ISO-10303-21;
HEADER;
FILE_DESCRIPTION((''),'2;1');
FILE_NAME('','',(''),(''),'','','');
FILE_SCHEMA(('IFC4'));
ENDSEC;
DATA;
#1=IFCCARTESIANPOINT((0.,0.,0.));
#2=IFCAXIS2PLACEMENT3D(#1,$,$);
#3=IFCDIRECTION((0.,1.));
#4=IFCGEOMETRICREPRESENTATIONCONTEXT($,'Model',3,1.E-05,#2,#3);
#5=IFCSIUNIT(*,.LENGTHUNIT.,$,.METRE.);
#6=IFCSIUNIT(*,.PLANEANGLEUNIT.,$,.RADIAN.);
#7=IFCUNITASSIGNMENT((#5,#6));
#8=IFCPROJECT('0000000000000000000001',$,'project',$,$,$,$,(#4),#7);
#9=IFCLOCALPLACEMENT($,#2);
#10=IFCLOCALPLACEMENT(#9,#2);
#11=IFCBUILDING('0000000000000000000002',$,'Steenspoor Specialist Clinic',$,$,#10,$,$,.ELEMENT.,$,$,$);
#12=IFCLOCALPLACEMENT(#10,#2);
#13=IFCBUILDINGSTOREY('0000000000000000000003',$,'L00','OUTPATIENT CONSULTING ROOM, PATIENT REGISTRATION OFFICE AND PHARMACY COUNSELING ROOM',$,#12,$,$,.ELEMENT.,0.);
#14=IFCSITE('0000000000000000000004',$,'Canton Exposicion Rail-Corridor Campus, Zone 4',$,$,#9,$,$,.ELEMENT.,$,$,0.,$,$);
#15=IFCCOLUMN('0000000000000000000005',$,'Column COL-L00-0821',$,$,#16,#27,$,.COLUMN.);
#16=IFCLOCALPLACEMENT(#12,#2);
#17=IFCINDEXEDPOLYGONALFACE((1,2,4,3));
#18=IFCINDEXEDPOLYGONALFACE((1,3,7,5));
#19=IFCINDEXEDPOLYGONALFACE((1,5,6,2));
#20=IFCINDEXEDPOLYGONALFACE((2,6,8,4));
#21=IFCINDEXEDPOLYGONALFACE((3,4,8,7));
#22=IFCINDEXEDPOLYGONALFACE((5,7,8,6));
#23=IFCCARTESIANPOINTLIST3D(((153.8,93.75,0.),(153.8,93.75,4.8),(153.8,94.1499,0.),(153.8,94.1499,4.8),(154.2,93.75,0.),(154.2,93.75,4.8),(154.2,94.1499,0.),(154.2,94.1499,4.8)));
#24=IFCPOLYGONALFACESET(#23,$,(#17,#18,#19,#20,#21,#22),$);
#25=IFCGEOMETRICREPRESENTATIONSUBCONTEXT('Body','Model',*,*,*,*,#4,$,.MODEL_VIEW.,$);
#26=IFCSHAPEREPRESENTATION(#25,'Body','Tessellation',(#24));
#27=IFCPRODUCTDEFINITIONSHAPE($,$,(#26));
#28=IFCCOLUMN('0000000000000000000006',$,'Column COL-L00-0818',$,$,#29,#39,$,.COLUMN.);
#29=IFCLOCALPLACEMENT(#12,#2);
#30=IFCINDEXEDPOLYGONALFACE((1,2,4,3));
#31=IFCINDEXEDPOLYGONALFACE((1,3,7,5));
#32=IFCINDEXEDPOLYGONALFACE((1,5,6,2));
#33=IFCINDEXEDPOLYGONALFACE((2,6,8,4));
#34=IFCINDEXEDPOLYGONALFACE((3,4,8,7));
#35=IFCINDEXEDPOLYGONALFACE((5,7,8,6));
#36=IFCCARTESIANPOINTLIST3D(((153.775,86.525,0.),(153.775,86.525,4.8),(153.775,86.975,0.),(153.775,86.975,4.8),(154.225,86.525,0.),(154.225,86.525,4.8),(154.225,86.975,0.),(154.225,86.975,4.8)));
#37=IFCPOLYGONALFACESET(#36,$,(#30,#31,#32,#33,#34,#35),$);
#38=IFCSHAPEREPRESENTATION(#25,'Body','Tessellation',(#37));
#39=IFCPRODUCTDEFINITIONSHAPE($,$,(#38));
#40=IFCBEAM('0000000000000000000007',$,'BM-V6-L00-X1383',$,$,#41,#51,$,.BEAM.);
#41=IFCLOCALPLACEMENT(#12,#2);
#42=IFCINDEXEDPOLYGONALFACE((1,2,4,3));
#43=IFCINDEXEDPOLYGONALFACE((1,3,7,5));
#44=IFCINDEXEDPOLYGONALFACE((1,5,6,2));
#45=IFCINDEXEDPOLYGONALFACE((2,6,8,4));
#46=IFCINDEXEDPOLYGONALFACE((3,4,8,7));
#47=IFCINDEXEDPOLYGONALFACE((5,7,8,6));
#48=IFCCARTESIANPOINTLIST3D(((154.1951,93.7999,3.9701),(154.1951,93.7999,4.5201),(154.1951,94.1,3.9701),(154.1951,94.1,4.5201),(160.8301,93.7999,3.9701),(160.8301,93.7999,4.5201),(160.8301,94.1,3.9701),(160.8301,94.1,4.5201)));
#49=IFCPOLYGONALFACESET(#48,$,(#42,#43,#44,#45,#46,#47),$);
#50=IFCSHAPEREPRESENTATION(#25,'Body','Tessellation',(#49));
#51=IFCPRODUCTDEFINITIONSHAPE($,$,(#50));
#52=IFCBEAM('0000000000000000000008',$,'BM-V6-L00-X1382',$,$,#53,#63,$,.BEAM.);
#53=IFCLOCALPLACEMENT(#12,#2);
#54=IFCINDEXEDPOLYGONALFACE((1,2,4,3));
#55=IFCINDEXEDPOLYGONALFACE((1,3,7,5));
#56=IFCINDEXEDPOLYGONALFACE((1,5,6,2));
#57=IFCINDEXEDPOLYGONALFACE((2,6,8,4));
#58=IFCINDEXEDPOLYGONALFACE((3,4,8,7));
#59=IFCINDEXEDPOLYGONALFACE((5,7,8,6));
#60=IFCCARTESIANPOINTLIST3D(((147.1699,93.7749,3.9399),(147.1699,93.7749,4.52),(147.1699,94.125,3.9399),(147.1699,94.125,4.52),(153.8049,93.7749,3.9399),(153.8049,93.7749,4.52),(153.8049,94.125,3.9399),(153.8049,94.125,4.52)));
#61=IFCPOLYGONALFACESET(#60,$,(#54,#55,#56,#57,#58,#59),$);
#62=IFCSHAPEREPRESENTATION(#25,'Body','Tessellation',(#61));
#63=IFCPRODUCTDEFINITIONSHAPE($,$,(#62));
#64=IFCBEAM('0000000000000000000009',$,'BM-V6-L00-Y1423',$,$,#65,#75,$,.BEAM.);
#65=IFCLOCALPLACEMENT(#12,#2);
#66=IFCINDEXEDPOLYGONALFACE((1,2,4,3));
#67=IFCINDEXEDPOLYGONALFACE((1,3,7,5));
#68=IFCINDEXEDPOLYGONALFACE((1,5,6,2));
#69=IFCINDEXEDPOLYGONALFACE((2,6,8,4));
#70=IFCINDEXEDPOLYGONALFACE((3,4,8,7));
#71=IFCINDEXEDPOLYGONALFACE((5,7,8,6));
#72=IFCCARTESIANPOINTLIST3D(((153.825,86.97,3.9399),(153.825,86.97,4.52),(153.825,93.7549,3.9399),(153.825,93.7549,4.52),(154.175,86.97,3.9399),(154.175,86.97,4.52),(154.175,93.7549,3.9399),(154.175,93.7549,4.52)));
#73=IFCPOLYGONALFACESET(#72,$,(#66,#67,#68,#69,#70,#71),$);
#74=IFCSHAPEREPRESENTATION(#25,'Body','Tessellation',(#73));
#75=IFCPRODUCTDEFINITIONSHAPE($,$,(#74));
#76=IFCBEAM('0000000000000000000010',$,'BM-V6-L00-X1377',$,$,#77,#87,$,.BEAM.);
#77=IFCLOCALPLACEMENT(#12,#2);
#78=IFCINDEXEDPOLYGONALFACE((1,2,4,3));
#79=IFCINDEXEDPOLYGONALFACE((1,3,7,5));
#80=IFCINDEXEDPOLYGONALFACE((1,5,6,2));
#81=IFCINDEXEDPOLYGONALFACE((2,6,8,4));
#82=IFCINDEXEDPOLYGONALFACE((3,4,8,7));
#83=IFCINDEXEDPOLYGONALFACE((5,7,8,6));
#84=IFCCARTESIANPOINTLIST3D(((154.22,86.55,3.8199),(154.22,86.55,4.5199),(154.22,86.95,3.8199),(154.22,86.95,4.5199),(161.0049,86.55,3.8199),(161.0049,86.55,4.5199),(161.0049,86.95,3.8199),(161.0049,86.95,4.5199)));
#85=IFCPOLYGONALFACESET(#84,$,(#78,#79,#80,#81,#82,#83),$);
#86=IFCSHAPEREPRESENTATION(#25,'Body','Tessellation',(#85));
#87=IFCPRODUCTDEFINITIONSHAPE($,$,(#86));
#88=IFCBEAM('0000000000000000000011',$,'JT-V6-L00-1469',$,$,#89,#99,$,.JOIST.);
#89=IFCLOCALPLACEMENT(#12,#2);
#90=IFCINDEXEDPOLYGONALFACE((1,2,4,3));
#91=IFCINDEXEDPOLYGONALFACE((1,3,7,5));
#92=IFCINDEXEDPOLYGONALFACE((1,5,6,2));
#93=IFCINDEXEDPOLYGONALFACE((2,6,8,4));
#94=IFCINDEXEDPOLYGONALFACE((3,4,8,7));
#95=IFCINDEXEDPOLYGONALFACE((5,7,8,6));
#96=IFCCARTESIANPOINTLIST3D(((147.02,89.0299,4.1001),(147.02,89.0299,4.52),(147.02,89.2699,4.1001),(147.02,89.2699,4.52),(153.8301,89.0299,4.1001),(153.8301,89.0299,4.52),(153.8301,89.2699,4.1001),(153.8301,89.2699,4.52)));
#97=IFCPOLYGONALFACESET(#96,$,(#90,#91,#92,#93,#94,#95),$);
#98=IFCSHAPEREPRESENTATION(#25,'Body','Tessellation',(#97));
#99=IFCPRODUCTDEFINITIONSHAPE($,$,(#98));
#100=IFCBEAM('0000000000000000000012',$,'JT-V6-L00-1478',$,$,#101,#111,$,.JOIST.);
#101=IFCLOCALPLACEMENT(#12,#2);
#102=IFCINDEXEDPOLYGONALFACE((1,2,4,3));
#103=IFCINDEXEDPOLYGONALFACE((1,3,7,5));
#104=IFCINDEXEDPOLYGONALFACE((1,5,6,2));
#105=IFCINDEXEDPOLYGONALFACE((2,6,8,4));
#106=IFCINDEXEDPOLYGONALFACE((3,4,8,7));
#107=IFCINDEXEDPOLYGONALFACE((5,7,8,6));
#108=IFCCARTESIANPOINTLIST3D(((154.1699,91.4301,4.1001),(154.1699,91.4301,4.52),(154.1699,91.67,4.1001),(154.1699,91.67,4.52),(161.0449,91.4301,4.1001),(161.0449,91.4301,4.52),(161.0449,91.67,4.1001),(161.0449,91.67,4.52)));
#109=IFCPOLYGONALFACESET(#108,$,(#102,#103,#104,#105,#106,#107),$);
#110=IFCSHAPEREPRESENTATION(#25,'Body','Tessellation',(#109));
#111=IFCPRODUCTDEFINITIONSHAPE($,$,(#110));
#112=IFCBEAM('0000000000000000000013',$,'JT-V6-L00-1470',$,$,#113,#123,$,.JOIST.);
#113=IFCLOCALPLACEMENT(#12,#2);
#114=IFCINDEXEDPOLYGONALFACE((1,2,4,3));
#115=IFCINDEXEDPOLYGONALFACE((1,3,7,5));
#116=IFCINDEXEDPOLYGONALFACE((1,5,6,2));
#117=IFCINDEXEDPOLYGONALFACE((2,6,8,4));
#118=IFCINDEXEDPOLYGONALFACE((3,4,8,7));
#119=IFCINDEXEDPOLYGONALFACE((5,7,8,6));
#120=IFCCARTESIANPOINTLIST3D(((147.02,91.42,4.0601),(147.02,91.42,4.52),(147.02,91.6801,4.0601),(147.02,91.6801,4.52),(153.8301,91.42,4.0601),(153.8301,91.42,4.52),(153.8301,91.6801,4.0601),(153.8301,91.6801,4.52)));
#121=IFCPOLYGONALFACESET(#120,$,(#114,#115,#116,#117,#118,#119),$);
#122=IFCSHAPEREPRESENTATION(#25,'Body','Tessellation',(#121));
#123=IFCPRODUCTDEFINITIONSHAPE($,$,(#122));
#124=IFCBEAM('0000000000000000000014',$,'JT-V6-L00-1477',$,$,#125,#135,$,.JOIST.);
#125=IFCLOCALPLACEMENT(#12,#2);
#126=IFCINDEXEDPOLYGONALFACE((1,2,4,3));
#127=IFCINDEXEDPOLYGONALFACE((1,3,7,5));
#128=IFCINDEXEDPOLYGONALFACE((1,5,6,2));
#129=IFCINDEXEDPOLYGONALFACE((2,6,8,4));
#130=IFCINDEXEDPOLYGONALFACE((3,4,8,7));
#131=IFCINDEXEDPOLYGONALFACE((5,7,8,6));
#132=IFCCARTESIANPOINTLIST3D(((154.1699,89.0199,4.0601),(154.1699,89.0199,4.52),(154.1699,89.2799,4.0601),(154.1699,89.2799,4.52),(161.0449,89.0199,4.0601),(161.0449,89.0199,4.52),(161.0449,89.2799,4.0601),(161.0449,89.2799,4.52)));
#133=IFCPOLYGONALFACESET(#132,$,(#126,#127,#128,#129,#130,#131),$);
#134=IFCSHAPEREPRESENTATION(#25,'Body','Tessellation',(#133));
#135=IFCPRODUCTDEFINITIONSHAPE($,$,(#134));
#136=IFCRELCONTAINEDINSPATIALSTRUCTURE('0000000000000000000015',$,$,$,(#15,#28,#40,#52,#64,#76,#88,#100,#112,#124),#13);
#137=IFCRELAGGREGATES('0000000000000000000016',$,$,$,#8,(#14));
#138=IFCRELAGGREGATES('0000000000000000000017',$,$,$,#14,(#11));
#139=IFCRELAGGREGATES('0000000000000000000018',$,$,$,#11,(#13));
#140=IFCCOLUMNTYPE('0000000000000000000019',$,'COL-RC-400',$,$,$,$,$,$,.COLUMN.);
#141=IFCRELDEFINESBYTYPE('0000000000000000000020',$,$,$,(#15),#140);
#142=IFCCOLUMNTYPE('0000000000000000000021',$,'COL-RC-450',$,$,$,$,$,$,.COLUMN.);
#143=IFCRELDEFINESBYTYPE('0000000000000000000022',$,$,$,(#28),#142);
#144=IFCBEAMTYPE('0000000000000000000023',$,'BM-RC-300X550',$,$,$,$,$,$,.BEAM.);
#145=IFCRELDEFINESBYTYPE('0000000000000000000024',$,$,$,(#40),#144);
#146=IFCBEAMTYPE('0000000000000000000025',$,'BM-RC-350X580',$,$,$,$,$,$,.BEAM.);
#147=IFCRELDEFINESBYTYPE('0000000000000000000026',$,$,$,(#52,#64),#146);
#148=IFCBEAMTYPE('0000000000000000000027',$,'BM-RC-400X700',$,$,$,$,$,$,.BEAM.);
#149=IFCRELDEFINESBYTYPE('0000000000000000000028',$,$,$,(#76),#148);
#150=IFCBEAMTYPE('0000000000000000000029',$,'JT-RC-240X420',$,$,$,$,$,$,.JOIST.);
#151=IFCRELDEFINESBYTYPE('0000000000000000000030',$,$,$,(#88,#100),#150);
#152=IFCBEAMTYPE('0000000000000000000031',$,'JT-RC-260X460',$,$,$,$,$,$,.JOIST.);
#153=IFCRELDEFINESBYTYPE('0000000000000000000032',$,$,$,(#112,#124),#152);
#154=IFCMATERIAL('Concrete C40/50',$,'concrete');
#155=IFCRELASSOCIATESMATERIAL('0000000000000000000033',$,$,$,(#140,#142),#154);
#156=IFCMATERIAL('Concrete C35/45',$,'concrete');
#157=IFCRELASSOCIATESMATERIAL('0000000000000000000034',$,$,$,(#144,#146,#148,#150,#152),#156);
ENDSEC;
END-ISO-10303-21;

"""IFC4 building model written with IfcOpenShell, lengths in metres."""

from ifc_helpers import new_model, si_unit, direction, frame, origin, origin_2d, place, context, subcontext, project, spatial, rectangle, extrude, material, material_profile, profile_set, type_object, element, save


model = new_model("IFC4")

# Units and contexts
model_context = context("Model", 3, precision=1e-05, world=origin(), true_north=direction((0.0, 1.0)))
body_context = subcontext(model_context, "Body", "Model", "MODEL_VIEW")
ifc_project = project(units=[si_unit("LENGTHUNIT", "METRE"), si_unit("PLANEANGLEUNIT", "RADIAN")], contexts=[model_context])

# Site, building, storey
site_placement = place(None, origin())
site = spatial("IfcSite", under=ifc_project, at=site_placement, Name="Canton Exposicion Rail-Corridor Campus, Zone 4", CompositionType="ELEMENT", RefElevation=0.0)
building_placement = place(site_placement, origin())
building = spatial("IfcBuilding", under=site, at=building_placement, Name="Steenspoor Specialist Clinic", CompositionType="ELEMENT")
storey_placement = place(building_placement, origin())
storey = spatial("IfcBuildingStorey", under=building, at=storey_placement, Name="L00", Description="OUTPATIENT CONSULTING ROOM, PATIENT REGISTRATION OFFICE AND PHARMACY COUNSELING ROOM", CompositionType="ELEMENT", Elevation=0.0)

# Shared definitions
ifc_material_1 = material(Name="Concrete C35/45", Category="concrete")

# Columns
ifc_material_2 = material(Name="Concrete C40/50", Category="concrete")
ifc_material_profile_1 = material_profile(ifc_material_2, rectangle(XDim=0.3999, YDim=0.3999, at=origin_2d()), Name="RC-COL-400X400")
ifc_profile_set_1 = profile_set([ifc_material_profile_1], Name="Concrete C40/50")
column_type_1 = type_object("IfcColumnType", Name="COL-RC-400", PredefinedType="COLUMN", material=ifc_profile_set_1)
column_1_placement = place(storey_placement, frame((154.0, 93.95, 0.0), z_axis=(0.0, 0.0, 1.0), x_axis=(1.0, 0.0, 0.0)))
element("IfcColumn", 1, at=column_1_placement, inside=storey, type_object=column_type_1, Name="Column COL-L00-0821", PredefinedType="COLUMN", context=body_context, shape_type="SweptSolid", body=[
    extrude(rectangle(XDim=0.3999, YDim=0.3999, at=origin_2d()), origin(), (0.0, 0.0, 1.0), 4.8),
])
ifc_material_profile_2 = material_profile(ifc_material_2, rectangle(XDim=0.45, YDim=0.45, at=origin_2d()), Name="RC-COL-450X450")
ifc_profile_set_2 = profile_set([ifc_material_profile_2], Name="Concrete C40/50")
column_type_2 = type_object("IfcColumnType", Name="COL-RC-450", PredefinedType="COLUMN", material=ifc_profile_set_2)
column_2_placement = place(storey_placement, frame((154.0, 86.75, 0.0), z_axis=(0.0, 0.0, 1.0), x_axis=(1.0, 0.0, 0.0)))
element("IfcColumn", 2, at=column_2_placement, inside=storey, type_object=column_type_2, Name="Column COL-L00-0818", PredefinedType="COLUMN", context=body_context, shape_type="SweptSolid", body=[
    extrude(rectangle(XDim=0.45, YDim=0.45, at=origin_2d()), origin(), (0.0, 0.0, 1.0), 4.8),
])

# Beams
ifc_material_profile_3 = material_profile(ifc_material_1, rectangle(XDim=0.3, YDim=0.55, at=origin_2d()), Name="RC-BM-300X550")
ifc_profile_set_3 = profile_set([ifc_material_profile_3], Name="Concrete C35/45")
beam_type_1 = type_object("IfcBeamType", Name="BM-RC-300X550", PredefinedType="BEAM", material=ifc_profile_set_3)
beam_1_placement = place(storey_placement, frame((154.1951, 93.95, 4.2451), z_axis=(1.0, 0.0, 0.0), x_axis=(0.0, 1.0, 0.0)))
element("IfcBeam", 3, at=beam_1_placement, inside=storey, type_object=beam_type_1, Name="BM-V6-L00-X1383", PredefinedType="BEAM", context=body_context, shape_type="SweptSolid", body=[
    extrude(rectangle(XDim=0.3, YDim=0.55, at=origin_2d()), origin(), (0.0, 0.0, 1.0), 6.635),
])
ifc_material_profile_4 = material_profile(ifc_material_1, rectangle(XDim=0.3501, YDim=0.5801, at=origin_2d()), Name="RC-BM-350X580")
ifc_profile_set_4 = profile_set([ifc_material_profile_4], Name="Concrete C35/45")
beam_type_2 = type_object("IfcBeamType", Name="BM-RC-350X580", PredefinedType="BEAM", material=ifc_profile_set_4)
beam_2_placement = place(storey_placement, frame((147.1699, 93.95, 4.23), z_axis=(1.0, 0.0, 0.0), x_axis=(0.0, 1.0, 0.0)))
element("IfcBeam", 4, at=beam_2_placement, inside=storey, type_object=beam_type_2, Name="BM-V6-L00-X1382", PredefinedType="BEAM", context=body_context, shape_type="SweptSolid", body=[
    extrude(rectangle(XDim=0.3501, YDim=0.5801, at=origin_2d()), origin(), (0.0, 0.0, 1.0), 6.635),
])
beam_3_placement = place(storey_placement, frame((154.0, 86.97, 4.23), z_axis=(0.0, 1.0, 0.0), x_axis=(-1.0, 0.0, 0.0)))
element("IfcBeam", 5, at=beam_3_placement, inside=storey, type_object=beam_type_2, Name="BM-V6-L00-Y1423", PredefinedType="BEAM", context=body_context, shape_type="SweptSolid", body=[
    extrude(rectangle(XDim=0.3501, YDim=0.5801, at=origin_2d()), origin(), (0.0, 0.0, 1.0), 6.7849),
])
ifc_material_profile_5 = material_profile(ifc_material_1, rectangle(XDim=0.3999, YDim=0.7, at=origin_2d()), Name="RC-BM-400X700")
ifc_profile_set_5 = profile_set([ifc_material_profile_5], Name="Concrete C35/45")
beam_type_3 = type_object("IfcBeamType", Name="BM-RC-400X700", PredefinedType="BEAM", material=ifc_profile_set_5)
beam_4_placement = place(storey_placement, frame((154.22, 86.75, 4.1699), z_axis=(1.0, 0.0, 0.0), x_axis=(0.0, 1.0, 0.0)))
element("IfcBeam", 6, at=beam_4_placement, inside=storey, type_object=beam_type_3, Name="BM-V6-L00-X1377", PredefinedType="BEAM", context=body_context, shape_type="SweptSolid", body=[
    extrude(rectangle(XDim=0.3999, YDim=0.7, at=origin_2d()), origin(), (0.0, 0.0, 1.0), 6.7849),
])
ifc_material_profile_6 = material_profile(ifc_material_1, rectangle(XDim=0.24, YDim=0.4199, at=origin_2d()), Name="RC-JT-240X420")
ifc_profile_set_6 = profile_set([ifc_material_profile_6], Name="Concrete C35/45")
beam_type_4 = type_object("IfcBeamType", Name="JT-RC-240X420", PredefinedType="JOIST", material=ifc_profile_set_6)
beam_5_placement = place(storey_placement, frame((147.02, 89.1499, 4.3101), z_axis=(1.0, 0.0, 0.0), x_axis=(0.0, 1.0, 0.0)))
element("IfcBeam", 7, at=beam_5_placement, inside=storey, type_object=beam_type_4, Name="JT-V6-L00-1469", PredefinedType="JOIST", context=body_context, shape_type="SweptSolid", body=[
    extrude(rectangle(XDim=0.24, YDim=0.4199, at=origin_2d()), origin(), (0.0, 0.0, 1.0), 6.8101),
])
beam_6_placement = place(storey_placement, frame((154.1699, 91.55, 4.3101), z_axis=(1.0, 0.0, 0.0), x_axis=(0.0, 1.0, 0.0)))
element("IfcBeam", 8, at=beam_6_placement, inside=storey, type_object=beam_type_4, Name="JT-V6-L00-1478", PredefinedType="JOIST", context=body_context, shape_type="SweptSolid", body=[
    extrude(rectangle(XDim=0.24, YDim=0.4199, at=origin_2d()), origin(), (0.0, 0.0, 1.0), 6.875),
])
ifc_material_profile_7 = material_profile(ifc_material_1, rectangle(XDim=0.26, YDim=0.46, at=origin_2d()), Name="RC-JT-260X460")
ifc_profile_set_7 = profile_set([ifc_material_profile_7], Name="Concrete C35/45")
beam_type_5 = type_object("IfcBeamType", Name="JT-RC-260X460", PredefinedType="JOIST", material=ifc_profile_set_7)
beam_7_placement = place(storey_placement, frame((147.02, 91.55, 4.29), z_axis=(1.0, 0.0, 0.0), x_axis=(0.0, 1.0, 0.0)))
element("IfcBeam", 9, at=beam_7_placement, inside=storey, type_object=beam_type_5, Name="JT-V6-L00-1470", PredefinedType="JOIST", context=body_context, shape_type="SweptSolid", body=[
    extrude(rectangle(XDim=0.26, YDim=0.46, at=origin_2d()), origin(), (0.0, 0.0, 1.0), 6.8101),
])
beam_8_placement = place(storey_placement, frame((154.1699, 89.1499, 4.29), z_axis=(1.0, 0.0, 0.0), x_axis=(0.0, 1.0, 0.0)))
element("IfcBeam", 10, at=beam_8_placement, inside=storey, type_object=beam_type_5, Name="JT-V6-L00-1477", PredefinedType="JOIST", context=body_context, shape_type="SweptSolid", body=[
    extrude(rectangle(XDim=0.26, YDim=0.46, at=origin_2d()), origin(), (0.0, 0.0, 1.0), 6.875),
])

save(model, "model.ifc")
